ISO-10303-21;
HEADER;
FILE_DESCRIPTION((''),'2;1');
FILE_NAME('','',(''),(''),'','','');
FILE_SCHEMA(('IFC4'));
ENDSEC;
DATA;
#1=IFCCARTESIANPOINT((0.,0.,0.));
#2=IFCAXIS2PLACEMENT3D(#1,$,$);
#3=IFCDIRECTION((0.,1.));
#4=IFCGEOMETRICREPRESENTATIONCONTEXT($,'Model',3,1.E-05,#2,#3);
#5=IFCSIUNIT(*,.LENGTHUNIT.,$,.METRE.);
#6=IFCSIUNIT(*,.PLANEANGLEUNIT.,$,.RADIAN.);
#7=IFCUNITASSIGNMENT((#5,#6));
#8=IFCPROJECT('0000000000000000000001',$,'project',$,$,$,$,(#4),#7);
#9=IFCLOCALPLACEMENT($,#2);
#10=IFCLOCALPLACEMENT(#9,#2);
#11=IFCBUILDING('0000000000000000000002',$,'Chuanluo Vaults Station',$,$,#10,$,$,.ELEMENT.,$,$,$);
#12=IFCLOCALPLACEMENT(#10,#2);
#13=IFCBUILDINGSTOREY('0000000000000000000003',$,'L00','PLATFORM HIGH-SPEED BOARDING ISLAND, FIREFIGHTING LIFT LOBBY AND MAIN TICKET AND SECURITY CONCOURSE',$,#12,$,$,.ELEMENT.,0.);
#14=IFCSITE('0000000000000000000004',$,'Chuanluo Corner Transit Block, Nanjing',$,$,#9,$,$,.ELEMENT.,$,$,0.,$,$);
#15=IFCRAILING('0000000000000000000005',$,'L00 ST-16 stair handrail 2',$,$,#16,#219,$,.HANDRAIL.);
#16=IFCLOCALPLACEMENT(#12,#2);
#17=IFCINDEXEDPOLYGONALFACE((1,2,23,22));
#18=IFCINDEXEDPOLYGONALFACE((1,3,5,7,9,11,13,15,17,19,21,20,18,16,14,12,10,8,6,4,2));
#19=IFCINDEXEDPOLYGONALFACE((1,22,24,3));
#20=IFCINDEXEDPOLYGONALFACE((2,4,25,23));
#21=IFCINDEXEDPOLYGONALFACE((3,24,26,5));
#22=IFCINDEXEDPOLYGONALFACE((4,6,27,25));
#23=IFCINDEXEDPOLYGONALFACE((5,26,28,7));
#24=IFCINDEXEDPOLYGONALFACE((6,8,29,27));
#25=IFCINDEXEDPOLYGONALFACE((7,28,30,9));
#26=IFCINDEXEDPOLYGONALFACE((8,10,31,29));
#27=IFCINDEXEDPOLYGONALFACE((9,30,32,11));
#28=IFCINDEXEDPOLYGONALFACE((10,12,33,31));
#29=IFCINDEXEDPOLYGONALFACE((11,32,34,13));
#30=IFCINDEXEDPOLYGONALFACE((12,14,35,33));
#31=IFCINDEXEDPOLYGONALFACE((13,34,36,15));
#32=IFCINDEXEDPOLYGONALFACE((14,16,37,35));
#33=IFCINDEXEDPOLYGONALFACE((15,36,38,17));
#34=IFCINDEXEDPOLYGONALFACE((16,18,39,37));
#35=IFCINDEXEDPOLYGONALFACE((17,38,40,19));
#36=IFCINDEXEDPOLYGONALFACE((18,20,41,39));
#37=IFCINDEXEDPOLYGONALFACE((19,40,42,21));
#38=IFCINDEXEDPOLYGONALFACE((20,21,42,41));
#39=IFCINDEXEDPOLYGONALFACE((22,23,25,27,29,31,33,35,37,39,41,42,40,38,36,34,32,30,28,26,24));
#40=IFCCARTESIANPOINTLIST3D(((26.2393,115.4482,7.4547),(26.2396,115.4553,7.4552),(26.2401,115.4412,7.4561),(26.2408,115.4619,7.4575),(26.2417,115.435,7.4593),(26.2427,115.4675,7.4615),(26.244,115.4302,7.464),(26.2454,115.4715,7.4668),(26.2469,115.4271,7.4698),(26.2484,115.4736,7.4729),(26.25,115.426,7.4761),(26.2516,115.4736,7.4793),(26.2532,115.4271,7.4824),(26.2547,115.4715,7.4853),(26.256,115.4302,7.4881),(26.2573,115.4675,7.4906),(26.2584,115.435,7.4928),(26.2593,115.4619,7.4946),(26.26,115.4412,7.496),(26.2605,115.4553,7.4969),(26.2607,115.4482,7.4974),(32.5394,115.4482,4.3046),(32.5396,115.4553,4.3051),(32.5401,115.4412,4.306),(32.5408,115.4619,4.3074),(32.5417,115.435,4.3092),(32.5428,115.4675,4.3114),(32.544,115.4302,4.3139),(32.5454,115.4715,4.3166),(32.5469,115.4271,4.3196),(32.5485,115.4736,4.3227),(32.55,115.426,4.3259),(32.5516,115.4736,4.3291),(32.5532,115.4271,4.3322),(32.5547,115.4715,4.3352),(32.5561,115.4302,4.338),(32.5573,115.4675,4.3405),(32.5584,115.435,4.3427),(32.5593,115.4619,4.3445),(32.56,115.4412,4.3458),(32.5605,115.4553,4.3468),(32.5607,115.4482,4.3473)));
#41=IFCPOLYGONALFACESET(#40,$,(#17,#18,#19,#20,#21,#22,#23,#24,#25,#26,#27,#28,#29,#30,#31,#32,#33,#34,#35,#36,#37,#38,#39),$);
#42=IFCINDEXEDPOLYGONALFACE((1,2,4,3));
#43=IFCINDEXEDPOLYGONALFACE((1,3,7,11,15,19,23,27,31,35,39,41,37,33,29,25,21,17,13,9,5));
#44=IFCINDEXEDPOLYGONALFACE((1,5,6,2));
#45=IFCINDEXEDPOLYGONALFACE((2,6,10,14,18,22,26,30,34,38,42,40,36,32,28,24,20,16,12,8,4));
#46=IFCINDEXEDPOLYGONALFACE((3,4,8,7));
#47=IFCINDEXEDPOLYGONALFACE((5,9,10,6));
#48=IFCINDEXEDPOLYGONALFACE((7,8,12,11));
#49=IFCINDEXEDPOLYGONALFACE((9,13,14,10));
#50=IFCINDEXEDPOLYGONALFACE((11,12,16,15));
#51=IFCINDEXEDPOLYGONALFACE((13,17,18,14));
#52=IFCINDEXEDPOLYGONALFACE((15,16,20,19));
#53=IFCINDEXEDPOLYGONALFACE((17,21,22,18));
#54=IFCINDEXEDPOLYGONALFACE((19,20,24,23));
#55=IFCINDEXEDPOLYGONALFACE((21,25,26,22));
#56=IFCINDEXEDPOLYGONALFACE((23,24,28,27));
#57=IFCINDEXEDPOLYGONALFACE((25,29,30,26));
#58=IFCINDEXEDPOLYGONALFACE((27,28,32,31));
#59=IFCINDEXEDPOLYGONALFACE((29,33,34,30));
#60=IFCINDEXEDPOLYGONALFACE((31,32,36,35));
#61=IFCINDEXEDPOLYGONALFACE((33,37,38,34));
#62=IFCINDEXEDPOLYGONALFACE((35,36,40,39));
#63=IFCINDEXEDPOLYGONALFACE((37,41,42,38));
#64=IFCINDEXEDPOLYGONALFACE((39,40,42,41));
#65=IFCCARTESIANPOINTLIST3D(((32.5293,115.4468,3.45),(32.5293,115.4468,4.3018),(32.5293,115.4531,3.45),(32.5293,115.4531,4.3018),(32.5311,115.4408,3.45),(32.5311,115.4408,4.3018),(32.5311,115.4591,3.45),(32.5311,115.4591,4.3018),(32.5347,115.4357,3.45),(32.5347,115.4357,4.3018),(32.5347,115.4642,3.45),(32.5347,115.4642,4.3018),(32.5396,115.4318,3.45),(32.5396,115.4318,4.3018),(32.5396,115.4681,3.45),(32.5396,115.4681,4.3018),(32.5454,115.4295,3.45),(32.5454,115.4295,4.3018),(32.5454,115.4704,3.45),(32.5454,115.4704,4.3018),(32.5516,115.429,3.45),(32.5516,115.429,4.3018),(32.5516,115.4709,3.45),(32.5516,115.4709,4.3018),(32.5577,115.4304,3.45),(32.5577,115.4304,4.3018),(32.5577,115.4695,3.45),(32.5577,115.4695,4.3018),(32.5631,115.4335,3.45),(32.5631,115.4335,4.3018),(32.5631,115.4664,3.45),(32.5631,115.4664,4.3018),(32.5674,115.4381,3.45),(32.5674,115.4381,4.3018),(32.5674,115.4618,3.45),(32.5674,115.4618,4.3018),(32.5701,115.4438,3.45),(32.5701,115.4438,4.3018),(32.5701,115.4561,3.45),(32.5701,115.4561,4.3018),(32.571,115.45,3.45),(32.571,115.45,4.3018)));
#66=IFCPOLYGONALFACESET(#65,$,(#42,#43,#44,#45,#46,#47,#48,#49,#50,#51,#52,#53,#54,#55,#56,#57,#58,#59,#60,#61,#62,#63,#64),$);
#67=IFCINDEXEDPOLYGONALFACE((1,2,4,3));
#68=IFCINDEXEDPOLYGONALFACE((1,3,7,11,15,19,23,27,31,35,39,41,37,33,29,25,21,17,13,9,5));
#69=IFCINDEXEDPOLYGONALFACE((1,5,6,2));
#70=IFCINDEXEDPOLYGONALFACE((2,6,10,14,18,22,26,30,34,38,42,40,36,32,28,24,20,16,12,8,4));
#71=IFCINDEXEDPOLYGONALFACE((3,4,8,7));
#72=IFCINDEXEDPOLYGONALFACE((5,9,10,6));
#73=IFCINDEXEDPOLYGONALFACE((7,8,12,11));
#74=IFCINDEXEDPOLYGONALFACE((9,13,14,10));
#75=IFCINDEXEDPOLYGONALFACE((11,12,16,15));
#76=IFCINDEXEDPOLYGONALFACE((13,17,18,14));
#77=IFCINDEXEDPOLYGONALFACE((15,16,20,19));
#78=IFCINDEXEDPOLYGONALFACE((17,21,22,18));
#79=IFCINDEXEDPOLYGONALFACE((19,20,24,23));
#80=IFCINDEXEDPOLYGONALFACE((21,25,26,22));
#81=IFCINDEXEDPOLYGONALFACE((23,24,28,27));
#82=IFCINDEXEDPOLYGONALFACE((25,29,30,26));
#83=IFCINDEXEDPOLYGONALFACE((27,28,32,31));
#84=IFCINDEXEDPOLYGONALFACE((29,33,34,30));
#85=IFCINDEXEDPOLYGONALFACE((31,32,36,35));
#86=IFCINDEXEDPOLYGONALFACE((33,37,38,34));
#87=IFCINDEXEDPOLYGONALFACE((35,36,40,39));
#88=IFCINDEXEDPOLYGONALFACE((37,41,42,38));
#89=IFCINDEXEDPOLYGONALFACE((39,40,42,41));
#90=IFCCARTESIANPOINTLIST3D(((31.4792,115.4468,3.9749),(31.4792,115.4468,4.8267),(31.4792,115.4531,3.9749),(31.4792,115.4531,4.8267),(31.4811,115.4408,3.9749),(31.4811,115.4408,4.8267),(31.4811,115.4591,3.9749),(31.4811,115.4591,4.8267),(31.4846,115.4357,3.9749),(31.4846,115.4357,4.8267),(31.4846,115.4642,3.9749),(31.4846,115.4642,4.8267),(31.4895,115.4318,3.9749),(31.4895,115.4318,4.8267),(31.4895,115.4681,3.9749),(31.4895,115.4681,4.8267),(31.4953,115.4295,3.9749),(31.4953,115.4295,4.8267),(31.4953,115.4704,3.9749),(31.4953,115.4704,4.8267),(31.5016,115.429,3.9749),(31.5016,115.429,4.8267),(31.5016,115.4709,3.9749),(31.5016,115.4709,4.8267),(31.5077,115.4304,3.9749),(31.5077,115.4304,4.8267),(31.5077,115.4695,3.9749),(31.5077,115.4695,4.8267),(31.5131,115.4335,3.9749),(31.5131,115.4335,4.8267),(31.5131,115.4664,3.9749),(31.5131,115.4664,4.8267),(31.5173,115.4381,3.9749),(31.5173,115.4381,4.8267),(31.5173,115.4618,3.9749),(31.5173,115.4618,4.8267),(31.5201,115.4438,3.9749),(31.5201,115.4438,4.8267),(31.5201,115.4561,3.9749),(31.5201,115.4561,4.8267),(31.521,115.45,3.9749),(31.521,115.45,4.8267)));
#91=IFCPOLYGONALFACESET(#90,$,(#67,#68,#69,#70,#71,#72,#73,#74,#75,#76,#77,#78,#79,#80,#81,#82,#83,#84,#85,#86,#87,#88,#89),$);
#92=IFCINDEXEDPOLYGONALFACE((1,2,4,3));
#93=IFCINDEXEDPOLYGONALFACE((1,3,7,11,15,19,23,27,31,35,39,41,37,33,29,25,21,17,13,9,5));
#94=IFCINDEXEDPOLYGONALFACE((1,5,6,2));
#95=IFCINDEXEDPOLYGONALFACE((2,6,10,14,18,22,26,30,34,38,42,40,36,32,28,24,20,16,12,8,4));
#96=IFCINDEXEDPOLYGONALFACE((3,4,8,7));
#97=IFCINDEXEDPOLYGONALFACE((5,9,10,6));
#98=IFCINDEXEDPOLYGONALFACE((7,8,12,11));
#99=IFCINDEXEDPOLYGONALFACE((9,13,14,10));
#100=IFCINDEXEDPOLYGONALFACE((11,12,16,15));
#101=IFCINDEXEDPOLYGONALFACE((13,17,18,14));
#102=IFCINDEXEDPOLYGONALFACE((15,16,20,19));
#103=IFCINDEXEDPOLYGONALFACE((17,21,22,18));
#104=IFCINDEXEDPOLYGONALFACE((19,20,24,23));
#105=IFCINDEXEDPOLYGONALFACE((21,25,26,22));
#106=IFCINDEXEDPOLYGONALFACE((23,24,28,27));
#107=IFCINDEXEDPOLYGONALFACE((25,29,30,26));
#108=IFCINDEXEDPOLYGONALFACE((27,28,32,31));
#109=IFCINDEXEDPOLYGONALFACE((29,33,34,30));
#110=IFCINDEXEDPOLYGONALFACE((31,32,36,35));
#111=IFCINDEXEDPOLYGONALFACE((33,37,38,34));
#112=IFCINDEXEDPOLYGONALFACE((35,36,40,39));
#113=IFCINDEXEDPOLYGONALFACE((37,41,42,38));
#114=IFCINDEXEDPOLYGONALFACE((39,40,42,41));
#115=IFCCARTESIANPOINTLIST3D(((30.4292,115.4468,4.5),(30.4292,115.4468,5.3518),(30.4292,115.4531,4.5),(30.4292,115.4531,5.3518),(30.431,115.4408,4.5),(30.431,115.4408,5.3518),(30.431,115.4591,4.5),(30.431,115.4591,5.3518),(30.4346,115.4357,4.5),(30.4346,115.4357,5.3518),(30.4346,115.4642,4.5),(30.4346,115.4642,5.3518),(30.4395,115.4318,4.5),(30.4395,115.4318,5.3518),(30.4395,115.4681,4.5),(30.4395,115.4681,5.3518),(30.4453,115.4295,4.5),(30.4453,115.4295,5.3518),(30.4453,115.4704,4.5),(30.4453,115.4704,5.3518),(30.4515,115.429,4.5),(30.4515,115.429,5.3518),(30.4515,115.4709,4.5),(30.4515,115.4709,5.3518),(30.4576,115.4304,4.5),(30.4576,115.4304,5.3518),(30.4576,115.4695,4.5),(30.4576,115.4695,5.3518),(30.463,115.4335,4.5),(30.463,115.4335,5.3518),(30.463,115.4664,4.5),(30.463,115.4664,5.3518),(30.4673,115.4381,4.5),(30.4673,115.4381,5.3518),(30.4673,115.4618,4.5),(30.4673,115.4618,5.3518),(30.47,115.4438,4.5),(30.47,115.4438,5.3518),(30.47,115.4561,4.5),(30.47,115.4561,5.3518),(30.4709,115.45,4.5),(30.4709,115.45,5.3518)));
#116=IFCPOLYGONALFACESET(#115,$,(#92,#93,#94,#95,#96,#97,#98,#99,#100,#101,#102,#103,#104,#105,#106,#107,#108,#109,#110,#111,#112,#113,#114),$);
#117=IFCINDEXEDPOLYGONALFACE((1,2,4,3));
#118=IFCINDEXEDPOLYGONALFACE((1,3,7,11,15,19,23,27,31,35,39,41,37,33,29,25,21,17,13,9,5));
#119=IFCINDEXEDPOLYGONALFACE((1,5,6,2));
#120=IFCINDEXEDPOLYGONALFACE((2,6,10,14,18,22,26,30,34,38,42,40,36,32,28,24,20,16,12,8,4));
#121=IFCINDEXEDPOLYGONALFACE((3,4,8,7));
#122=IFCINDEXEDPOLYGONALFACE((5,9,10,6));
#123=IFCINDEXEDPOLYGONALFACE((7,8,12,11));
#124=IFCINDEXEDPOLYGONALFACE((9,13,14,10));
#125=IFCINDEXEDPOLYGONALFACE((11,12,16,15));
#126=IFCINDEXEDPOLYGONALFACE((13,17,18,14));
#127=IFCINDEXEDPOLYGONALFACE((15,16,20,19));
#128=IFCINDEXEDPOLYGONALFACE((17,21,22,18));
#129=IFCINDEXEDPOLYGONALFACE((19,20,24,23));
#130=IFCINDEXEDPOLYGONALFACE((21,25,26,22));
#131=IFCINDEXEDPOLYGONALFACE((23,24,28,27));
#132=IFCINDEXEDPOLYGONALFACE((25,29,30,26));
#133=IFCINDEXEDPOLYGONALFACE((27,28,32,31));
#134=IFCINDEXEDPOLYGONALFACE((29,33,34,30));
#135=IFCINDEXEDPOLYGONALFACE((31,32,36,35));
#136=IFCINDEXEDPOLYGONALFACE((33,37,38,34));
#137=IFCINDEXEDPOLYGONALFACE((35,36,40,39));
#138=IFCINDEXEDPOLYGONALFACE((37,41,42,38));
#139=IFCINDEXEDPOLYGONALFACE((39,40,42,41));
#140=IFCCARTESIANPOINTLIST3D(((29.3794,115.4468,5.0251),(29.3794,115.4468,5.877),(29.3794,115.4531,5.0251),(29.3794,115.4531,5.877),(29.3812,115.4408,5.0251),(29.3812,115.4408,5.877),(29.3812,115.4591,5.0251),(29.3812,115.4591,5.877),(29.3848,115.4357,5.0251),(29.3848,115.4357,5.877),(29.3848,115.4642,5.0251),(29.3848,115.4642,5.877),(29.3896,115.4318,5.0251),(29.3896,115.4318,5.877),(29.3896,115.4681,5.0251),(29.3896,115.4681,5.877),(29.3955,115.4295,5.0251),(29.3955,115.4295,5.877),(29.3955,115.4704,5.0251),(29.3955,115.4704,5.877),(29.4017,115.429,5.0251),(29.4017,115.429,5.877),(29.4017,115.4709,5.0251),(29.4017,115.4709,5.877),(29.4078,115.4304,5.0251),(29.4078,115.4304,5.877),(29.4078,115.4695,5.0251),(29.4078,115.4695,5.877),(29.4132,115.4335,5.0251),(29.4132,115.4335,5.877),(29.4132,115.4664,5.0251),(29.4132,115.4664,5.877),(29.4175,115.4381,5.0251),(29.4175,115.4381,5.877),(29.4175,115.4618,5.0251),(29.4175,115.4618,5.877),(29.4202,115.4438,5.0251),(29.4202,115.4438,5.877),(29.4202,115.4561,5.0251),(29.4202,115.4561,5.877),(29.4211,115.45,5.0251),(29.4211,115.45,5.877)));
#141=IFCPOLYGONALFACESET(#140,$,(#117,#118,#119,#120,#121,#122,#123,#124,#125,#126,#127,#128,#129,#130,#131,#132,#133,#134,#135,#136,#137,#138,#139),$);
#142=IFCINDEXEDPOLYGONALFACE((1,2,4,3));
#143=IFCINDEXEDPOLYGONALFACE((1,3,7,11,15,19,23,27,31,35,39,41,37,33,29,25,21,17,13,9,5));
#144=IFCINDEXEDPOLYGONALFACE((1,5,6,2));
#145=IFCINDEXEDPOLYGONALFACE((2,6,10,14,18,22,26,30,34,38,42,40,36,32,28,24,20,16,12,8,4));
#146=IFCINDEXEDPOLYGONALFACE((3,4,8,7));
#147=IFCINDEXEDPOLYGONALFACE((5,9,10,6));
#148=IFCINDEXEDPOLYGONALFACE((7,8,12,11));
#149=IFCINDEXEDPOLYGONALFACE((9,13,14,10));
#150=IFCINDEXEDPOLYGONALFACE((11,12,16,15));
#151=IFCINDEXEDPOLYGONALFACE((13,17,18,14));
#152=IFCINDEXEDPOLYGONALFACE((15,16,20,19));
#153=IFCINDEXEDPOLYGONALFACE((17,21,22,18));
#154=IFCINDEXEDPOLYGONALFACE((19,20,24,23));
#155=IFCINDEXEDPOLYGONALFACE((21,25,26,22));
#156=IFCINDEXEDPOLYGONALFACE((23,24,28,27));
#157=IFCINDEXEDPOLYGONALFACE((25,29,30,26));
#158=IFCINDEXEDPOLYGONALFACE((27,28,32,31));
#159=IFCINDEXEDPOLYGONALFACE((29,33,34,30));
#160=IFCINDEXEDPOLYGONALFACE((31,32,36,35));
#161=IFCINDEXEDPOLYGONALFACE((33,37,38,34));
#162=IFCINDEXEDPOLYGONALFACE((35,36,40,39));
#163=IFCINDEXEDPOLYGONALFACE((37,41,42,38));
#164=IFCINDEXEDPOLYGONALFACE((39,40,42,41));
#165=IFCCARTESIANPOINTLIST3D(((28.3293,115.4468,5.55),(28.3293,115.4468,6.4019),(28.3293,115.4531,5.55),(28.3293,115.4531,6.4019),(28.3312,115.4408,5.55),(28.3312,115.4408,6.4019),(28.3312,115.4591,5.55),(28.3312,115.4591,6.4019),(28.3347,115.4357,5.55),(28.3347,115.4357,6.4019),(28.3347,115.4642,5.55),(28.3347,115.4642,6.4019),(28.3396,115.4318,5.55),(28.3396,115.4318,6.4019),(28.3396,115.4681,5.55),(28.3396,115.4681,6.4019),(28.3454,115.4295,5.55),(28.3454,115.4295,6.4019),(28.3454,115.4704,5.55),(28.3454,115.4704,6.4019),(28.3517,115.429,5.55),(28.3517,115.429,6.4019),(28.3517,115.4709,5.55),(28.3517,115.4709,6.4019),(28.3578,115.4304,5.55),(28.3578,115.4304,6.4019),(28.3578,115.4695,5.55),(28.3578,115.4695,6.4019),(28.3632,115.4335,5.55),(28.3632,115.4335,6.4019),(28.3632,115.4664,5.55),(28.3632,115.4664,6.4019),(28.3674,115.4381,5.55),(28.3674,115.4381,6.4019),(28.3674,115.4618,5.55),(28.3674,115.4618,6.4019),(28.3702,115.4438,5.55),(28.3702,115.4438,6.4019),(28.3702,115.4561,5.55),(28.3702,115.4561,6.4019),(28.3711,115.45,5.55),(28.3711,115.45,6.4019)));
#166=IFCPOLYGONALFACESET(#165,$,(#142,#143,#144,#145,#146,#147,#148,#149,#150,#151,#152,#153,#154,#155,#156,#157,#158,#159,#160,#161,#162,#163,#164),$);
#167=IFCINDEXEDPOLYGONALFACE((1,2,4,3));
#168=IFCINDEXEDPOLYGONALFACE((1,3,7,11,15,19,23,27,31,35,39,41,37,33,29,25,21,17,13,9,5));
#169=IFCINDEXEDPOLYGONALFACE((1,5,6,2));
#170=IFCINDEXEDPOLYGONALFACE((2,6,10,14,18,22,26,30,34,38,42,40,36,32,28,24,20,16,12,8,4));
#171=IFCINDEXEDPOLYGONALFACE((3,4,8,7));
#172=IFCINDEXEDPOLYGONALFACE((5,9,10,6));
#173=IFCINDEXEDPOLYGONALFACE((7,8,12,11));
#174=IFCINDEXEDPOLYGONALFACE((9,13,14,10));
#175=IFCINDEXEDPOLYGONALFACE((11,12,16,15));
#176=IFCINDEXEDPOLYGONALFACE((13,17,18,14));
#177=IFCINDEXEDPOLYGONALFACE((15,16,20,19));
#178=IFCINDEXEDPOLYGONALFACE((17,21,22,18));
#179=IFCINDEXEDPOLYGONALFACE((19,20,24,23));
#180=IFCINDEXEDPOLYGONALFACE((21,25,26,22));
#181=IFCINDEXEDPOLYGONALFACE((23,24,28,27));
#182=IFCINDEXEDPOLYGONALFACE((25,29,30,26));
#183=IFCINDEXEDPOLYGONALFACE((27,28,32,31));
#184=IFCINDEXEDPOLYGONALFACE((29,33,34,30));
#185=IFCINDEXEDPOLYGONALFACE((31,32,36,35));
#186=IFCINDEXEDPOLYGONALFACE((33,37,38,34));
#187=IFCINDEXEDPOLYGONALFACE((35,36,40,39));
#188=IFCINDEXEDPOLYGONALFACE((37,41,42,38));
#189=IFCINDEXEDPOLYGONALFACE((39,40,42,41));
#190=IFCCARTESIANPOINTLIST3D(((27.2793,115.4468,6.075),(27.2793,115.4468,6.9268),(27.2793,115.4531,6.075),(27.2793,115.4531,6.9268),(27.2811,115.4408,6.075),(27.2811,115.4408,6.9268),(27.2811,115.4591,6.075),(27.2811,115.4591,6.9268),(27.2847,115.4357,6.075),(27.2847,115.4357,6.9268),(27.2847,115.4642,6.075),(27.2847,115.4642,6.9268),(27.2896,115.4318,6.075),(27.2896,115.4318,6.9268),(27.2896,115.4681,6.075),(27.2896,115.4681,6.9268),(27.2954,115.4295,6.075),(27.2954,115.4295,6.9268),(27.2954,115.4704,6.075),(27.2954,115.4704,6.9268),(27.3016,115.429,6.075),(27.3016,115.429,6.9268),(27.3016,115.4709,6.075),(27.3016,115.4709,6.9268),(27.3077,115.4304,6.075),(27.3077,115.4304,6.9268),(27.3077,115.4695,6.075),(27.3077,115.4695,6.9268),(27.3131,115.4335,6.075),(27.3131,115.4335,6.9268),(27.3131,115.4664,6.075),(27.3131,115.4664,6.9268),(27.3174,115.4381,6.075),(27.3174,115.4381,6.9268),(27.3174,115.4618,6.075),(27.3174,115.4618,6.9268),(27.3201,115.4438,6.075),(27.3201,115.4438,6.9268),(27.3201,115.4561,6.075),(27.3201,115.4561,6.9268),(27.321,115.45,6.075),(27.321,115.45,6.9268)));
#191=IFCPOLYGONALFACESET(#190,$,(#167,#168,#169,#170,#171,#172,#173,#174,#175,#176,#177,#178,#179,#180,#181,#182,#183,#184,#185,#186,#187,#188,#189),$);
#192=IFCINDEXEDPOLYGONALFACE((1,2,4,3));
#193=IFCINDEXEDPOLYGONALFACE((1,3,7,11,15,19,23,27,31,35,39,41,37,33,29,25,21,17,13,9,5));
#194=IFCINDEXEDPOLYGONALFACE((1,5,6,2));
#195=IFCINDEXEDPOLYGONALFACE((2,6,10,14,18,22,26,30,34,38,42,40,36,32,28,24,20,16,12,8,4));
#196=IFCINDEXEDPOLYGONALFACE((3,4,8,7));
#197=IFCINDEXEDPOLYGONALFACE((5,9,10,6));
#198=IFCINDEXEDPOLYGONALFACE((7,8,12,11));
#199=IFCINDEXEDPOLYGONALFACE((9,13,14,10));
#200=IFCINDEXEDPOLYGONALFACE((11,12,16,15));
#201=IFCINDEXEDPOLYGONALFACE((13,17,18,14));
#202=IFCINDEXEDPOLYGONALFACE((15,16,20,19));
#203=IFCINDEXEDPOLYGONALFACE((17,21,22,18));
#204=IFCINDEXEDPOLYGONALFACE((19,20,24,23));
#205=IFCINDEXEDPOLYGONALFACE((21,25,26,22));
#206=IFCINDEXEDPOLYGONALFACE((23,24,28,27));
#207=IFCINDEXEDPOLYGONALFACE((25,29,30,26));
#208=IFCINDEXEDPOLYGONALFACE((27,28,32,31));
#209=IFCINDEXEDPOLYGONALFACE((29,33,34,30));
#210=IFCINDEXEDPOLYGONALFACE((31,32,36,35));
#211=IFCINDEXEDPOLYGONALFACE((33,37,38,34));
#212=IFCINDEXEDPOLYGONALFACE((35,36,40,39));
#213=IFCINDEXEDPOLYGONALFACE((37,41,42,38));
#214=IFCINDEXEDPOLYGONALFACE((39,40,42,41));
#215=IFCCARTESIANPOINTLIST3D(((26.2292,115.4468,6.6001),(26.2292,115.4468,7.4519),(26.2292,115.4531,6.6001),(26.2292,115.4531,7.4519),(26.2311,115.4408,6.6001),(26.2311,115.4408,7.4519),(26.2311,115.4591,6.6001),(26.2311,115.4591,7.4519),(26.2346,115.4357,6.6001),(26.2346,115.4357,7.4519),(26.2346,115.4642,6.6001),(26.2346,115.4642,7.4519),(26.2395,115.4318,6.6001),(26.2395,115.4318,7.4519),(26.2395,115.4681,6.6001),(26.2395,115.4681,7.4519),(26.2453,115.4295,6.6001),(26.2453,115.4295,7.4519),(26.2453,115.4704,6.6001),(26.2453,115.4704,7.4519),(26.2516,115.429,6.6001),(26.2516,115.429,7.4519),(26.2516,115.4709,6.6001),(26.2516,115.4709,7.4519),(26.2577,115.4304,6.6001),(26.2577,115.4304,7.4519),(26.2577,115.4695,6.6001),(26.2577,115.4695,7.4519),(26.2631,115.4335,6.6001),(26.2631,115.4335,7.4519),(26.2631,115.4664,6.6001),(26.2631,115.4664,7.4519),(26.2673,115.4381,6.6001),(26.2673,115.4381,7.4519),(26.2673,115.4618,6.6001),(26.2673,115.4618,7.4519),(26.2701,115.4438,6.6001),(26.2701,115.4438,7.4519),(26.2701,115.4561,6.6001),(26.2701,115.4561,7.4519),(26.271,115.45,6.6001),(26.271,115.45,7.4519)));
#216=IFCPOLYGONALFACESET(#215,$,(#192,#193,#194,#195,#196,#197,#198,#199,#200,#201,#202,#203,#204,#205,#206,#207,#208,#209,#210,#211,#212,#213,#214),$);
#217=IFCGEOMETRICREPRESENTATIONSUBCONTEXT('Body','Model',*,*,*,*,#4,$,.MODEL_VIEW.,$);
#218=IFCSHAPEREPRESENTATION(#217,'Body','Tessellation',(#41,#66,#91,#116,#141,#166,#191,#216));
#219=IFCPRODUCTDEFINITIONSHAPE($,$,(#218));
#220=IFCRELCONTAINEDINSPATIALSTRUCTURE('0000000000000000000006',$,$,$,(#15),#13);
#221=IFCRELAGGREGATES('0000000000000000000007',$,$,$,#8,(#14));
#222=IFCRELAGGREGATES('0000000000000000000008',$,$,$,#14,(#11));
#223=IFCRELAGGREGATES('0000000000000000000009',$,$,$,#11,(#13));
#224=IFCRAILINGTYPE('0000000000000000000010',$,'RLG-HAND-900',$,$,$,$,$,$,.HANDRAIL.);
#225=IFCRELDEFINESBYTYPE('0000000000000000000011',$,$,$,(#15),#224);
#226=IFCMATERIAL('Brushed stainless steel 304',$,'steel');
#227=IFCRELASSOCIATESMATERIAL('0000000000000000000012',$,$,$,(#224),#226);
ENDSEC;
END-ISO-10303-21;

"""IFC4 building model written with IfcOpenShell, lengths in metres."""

from ifc_helpers import new_model, si_unit, direction, frame, origin, origin_2d, place, context, subcontext, project, spatial, circle, extrude, material, type_object, element, save


model = new_model("IFC4")

# Units and contexts
model_context = context("Model", 3, precision=1e-05, world=origin(), true_north=direction((0.0, 1.0)))
body_context = subcontext(model_context, "Body", "Model", "MODEL_VIEW")
ifc_project = project(units=[si_unit("LENGTHUNIT", "METRE"), si_unit("PLANEANGLEUNIT", "RADIAN")], contexts=[model_context])

# Site, building, storey
site_placement = place(None, origin())
site = spatial("IfcSite", under=ifc_project, at=site_placement, Name="Chuanluo Corner Transit Block, Nanjing", CompositionType="ELEMENT", RefElevation=0.0)
building_placement = place(site_placement, origin())
building = spatial("IfcBuilding", under=site, at=building_placement, Name="Chuanluo Vaults Station", CompositionType="ELEMENT")
storey_placement = place(building_placement, origin())
storey = spatial("IfcBuildingStorey", under=building, at=storey_placement, Name="L00", Description="PLATFORM HIGH-SPEED BOARDING ISLAND, FIREFIGHTING LIFT LOBBY AND MAIN TICKET AND SECURITY CONCOURSE", CompositionType="ELEMENT", Elevation=0.0)

# Railing
ifc_material_1 = material(Name="Brushed stainless steel 304", Category="steel")
railing_type_1 = type_object("IfcRailingType", Name="RLG-HAND-900", PredefinedType="HANDRAIL", material=ifc_material_1)
railing_1_placement = place(storey_placement, frame((32.55, 115.45, 3.45)))
element("IfcRailing", 1, at=railing_1_placement, inside=storey, type_object=railing_type_1, Name="L00 ST-16 stair handrail 2", PredefinedType="HANDRAIL", context=body_context, shape_type="SweptSolid", body=[
    extrude(circle(Radius=0.0239, at=origin_2d()), frame((0.0, 0.0, 0.876), z_axis=(-0.89442, 0.0, 0.447227), x_axis=(0.0, -1.0, 0.0)), (0.0, 0.0, 1.0), 7.0437),
    extrude(circle(Radius=0.021, at=origin_2d()), origin(), (0.0, 0.0, 1.0), 0.8518),
    extrude(circle(Radius=0.021, at=origin_2d()), frame((-1.05, 0.0, 0.5249)), (0.0, 0.0, 1.0), 0.8518),
    extrude(circle(Radius=0.021, at=origin_2d()), frame((-2.1001, 0.0, 1.05)), (0.0, 0.0, 1.0), 0.8518),
    extrude(circle(Radius=0.021, at=origin_2d()), frame((-3.1499, 0.0, 1.5752)), (0.0, 0.0, 1.0), 0.8518),
    extrude(circle(Radius=0.021, at=origin_2d()), frame((-4.2, 0.0, 2.1001)), (0.0, 0.0, 1.0), 0.8518),
    extrude(circle(Radius=0.021, at=origin_2d()), frame((-5.25, 0.0, 2.625)), (0.0, 0.0, 1.0), 0.8518),
    extrude(circle(Radius=0.021, at=origin_2d()), frame((-6.3, 0.0, 3.1501)), (0.0, 0.0, 1.0), 0.8518),
])

save(model, "model.ifc")
